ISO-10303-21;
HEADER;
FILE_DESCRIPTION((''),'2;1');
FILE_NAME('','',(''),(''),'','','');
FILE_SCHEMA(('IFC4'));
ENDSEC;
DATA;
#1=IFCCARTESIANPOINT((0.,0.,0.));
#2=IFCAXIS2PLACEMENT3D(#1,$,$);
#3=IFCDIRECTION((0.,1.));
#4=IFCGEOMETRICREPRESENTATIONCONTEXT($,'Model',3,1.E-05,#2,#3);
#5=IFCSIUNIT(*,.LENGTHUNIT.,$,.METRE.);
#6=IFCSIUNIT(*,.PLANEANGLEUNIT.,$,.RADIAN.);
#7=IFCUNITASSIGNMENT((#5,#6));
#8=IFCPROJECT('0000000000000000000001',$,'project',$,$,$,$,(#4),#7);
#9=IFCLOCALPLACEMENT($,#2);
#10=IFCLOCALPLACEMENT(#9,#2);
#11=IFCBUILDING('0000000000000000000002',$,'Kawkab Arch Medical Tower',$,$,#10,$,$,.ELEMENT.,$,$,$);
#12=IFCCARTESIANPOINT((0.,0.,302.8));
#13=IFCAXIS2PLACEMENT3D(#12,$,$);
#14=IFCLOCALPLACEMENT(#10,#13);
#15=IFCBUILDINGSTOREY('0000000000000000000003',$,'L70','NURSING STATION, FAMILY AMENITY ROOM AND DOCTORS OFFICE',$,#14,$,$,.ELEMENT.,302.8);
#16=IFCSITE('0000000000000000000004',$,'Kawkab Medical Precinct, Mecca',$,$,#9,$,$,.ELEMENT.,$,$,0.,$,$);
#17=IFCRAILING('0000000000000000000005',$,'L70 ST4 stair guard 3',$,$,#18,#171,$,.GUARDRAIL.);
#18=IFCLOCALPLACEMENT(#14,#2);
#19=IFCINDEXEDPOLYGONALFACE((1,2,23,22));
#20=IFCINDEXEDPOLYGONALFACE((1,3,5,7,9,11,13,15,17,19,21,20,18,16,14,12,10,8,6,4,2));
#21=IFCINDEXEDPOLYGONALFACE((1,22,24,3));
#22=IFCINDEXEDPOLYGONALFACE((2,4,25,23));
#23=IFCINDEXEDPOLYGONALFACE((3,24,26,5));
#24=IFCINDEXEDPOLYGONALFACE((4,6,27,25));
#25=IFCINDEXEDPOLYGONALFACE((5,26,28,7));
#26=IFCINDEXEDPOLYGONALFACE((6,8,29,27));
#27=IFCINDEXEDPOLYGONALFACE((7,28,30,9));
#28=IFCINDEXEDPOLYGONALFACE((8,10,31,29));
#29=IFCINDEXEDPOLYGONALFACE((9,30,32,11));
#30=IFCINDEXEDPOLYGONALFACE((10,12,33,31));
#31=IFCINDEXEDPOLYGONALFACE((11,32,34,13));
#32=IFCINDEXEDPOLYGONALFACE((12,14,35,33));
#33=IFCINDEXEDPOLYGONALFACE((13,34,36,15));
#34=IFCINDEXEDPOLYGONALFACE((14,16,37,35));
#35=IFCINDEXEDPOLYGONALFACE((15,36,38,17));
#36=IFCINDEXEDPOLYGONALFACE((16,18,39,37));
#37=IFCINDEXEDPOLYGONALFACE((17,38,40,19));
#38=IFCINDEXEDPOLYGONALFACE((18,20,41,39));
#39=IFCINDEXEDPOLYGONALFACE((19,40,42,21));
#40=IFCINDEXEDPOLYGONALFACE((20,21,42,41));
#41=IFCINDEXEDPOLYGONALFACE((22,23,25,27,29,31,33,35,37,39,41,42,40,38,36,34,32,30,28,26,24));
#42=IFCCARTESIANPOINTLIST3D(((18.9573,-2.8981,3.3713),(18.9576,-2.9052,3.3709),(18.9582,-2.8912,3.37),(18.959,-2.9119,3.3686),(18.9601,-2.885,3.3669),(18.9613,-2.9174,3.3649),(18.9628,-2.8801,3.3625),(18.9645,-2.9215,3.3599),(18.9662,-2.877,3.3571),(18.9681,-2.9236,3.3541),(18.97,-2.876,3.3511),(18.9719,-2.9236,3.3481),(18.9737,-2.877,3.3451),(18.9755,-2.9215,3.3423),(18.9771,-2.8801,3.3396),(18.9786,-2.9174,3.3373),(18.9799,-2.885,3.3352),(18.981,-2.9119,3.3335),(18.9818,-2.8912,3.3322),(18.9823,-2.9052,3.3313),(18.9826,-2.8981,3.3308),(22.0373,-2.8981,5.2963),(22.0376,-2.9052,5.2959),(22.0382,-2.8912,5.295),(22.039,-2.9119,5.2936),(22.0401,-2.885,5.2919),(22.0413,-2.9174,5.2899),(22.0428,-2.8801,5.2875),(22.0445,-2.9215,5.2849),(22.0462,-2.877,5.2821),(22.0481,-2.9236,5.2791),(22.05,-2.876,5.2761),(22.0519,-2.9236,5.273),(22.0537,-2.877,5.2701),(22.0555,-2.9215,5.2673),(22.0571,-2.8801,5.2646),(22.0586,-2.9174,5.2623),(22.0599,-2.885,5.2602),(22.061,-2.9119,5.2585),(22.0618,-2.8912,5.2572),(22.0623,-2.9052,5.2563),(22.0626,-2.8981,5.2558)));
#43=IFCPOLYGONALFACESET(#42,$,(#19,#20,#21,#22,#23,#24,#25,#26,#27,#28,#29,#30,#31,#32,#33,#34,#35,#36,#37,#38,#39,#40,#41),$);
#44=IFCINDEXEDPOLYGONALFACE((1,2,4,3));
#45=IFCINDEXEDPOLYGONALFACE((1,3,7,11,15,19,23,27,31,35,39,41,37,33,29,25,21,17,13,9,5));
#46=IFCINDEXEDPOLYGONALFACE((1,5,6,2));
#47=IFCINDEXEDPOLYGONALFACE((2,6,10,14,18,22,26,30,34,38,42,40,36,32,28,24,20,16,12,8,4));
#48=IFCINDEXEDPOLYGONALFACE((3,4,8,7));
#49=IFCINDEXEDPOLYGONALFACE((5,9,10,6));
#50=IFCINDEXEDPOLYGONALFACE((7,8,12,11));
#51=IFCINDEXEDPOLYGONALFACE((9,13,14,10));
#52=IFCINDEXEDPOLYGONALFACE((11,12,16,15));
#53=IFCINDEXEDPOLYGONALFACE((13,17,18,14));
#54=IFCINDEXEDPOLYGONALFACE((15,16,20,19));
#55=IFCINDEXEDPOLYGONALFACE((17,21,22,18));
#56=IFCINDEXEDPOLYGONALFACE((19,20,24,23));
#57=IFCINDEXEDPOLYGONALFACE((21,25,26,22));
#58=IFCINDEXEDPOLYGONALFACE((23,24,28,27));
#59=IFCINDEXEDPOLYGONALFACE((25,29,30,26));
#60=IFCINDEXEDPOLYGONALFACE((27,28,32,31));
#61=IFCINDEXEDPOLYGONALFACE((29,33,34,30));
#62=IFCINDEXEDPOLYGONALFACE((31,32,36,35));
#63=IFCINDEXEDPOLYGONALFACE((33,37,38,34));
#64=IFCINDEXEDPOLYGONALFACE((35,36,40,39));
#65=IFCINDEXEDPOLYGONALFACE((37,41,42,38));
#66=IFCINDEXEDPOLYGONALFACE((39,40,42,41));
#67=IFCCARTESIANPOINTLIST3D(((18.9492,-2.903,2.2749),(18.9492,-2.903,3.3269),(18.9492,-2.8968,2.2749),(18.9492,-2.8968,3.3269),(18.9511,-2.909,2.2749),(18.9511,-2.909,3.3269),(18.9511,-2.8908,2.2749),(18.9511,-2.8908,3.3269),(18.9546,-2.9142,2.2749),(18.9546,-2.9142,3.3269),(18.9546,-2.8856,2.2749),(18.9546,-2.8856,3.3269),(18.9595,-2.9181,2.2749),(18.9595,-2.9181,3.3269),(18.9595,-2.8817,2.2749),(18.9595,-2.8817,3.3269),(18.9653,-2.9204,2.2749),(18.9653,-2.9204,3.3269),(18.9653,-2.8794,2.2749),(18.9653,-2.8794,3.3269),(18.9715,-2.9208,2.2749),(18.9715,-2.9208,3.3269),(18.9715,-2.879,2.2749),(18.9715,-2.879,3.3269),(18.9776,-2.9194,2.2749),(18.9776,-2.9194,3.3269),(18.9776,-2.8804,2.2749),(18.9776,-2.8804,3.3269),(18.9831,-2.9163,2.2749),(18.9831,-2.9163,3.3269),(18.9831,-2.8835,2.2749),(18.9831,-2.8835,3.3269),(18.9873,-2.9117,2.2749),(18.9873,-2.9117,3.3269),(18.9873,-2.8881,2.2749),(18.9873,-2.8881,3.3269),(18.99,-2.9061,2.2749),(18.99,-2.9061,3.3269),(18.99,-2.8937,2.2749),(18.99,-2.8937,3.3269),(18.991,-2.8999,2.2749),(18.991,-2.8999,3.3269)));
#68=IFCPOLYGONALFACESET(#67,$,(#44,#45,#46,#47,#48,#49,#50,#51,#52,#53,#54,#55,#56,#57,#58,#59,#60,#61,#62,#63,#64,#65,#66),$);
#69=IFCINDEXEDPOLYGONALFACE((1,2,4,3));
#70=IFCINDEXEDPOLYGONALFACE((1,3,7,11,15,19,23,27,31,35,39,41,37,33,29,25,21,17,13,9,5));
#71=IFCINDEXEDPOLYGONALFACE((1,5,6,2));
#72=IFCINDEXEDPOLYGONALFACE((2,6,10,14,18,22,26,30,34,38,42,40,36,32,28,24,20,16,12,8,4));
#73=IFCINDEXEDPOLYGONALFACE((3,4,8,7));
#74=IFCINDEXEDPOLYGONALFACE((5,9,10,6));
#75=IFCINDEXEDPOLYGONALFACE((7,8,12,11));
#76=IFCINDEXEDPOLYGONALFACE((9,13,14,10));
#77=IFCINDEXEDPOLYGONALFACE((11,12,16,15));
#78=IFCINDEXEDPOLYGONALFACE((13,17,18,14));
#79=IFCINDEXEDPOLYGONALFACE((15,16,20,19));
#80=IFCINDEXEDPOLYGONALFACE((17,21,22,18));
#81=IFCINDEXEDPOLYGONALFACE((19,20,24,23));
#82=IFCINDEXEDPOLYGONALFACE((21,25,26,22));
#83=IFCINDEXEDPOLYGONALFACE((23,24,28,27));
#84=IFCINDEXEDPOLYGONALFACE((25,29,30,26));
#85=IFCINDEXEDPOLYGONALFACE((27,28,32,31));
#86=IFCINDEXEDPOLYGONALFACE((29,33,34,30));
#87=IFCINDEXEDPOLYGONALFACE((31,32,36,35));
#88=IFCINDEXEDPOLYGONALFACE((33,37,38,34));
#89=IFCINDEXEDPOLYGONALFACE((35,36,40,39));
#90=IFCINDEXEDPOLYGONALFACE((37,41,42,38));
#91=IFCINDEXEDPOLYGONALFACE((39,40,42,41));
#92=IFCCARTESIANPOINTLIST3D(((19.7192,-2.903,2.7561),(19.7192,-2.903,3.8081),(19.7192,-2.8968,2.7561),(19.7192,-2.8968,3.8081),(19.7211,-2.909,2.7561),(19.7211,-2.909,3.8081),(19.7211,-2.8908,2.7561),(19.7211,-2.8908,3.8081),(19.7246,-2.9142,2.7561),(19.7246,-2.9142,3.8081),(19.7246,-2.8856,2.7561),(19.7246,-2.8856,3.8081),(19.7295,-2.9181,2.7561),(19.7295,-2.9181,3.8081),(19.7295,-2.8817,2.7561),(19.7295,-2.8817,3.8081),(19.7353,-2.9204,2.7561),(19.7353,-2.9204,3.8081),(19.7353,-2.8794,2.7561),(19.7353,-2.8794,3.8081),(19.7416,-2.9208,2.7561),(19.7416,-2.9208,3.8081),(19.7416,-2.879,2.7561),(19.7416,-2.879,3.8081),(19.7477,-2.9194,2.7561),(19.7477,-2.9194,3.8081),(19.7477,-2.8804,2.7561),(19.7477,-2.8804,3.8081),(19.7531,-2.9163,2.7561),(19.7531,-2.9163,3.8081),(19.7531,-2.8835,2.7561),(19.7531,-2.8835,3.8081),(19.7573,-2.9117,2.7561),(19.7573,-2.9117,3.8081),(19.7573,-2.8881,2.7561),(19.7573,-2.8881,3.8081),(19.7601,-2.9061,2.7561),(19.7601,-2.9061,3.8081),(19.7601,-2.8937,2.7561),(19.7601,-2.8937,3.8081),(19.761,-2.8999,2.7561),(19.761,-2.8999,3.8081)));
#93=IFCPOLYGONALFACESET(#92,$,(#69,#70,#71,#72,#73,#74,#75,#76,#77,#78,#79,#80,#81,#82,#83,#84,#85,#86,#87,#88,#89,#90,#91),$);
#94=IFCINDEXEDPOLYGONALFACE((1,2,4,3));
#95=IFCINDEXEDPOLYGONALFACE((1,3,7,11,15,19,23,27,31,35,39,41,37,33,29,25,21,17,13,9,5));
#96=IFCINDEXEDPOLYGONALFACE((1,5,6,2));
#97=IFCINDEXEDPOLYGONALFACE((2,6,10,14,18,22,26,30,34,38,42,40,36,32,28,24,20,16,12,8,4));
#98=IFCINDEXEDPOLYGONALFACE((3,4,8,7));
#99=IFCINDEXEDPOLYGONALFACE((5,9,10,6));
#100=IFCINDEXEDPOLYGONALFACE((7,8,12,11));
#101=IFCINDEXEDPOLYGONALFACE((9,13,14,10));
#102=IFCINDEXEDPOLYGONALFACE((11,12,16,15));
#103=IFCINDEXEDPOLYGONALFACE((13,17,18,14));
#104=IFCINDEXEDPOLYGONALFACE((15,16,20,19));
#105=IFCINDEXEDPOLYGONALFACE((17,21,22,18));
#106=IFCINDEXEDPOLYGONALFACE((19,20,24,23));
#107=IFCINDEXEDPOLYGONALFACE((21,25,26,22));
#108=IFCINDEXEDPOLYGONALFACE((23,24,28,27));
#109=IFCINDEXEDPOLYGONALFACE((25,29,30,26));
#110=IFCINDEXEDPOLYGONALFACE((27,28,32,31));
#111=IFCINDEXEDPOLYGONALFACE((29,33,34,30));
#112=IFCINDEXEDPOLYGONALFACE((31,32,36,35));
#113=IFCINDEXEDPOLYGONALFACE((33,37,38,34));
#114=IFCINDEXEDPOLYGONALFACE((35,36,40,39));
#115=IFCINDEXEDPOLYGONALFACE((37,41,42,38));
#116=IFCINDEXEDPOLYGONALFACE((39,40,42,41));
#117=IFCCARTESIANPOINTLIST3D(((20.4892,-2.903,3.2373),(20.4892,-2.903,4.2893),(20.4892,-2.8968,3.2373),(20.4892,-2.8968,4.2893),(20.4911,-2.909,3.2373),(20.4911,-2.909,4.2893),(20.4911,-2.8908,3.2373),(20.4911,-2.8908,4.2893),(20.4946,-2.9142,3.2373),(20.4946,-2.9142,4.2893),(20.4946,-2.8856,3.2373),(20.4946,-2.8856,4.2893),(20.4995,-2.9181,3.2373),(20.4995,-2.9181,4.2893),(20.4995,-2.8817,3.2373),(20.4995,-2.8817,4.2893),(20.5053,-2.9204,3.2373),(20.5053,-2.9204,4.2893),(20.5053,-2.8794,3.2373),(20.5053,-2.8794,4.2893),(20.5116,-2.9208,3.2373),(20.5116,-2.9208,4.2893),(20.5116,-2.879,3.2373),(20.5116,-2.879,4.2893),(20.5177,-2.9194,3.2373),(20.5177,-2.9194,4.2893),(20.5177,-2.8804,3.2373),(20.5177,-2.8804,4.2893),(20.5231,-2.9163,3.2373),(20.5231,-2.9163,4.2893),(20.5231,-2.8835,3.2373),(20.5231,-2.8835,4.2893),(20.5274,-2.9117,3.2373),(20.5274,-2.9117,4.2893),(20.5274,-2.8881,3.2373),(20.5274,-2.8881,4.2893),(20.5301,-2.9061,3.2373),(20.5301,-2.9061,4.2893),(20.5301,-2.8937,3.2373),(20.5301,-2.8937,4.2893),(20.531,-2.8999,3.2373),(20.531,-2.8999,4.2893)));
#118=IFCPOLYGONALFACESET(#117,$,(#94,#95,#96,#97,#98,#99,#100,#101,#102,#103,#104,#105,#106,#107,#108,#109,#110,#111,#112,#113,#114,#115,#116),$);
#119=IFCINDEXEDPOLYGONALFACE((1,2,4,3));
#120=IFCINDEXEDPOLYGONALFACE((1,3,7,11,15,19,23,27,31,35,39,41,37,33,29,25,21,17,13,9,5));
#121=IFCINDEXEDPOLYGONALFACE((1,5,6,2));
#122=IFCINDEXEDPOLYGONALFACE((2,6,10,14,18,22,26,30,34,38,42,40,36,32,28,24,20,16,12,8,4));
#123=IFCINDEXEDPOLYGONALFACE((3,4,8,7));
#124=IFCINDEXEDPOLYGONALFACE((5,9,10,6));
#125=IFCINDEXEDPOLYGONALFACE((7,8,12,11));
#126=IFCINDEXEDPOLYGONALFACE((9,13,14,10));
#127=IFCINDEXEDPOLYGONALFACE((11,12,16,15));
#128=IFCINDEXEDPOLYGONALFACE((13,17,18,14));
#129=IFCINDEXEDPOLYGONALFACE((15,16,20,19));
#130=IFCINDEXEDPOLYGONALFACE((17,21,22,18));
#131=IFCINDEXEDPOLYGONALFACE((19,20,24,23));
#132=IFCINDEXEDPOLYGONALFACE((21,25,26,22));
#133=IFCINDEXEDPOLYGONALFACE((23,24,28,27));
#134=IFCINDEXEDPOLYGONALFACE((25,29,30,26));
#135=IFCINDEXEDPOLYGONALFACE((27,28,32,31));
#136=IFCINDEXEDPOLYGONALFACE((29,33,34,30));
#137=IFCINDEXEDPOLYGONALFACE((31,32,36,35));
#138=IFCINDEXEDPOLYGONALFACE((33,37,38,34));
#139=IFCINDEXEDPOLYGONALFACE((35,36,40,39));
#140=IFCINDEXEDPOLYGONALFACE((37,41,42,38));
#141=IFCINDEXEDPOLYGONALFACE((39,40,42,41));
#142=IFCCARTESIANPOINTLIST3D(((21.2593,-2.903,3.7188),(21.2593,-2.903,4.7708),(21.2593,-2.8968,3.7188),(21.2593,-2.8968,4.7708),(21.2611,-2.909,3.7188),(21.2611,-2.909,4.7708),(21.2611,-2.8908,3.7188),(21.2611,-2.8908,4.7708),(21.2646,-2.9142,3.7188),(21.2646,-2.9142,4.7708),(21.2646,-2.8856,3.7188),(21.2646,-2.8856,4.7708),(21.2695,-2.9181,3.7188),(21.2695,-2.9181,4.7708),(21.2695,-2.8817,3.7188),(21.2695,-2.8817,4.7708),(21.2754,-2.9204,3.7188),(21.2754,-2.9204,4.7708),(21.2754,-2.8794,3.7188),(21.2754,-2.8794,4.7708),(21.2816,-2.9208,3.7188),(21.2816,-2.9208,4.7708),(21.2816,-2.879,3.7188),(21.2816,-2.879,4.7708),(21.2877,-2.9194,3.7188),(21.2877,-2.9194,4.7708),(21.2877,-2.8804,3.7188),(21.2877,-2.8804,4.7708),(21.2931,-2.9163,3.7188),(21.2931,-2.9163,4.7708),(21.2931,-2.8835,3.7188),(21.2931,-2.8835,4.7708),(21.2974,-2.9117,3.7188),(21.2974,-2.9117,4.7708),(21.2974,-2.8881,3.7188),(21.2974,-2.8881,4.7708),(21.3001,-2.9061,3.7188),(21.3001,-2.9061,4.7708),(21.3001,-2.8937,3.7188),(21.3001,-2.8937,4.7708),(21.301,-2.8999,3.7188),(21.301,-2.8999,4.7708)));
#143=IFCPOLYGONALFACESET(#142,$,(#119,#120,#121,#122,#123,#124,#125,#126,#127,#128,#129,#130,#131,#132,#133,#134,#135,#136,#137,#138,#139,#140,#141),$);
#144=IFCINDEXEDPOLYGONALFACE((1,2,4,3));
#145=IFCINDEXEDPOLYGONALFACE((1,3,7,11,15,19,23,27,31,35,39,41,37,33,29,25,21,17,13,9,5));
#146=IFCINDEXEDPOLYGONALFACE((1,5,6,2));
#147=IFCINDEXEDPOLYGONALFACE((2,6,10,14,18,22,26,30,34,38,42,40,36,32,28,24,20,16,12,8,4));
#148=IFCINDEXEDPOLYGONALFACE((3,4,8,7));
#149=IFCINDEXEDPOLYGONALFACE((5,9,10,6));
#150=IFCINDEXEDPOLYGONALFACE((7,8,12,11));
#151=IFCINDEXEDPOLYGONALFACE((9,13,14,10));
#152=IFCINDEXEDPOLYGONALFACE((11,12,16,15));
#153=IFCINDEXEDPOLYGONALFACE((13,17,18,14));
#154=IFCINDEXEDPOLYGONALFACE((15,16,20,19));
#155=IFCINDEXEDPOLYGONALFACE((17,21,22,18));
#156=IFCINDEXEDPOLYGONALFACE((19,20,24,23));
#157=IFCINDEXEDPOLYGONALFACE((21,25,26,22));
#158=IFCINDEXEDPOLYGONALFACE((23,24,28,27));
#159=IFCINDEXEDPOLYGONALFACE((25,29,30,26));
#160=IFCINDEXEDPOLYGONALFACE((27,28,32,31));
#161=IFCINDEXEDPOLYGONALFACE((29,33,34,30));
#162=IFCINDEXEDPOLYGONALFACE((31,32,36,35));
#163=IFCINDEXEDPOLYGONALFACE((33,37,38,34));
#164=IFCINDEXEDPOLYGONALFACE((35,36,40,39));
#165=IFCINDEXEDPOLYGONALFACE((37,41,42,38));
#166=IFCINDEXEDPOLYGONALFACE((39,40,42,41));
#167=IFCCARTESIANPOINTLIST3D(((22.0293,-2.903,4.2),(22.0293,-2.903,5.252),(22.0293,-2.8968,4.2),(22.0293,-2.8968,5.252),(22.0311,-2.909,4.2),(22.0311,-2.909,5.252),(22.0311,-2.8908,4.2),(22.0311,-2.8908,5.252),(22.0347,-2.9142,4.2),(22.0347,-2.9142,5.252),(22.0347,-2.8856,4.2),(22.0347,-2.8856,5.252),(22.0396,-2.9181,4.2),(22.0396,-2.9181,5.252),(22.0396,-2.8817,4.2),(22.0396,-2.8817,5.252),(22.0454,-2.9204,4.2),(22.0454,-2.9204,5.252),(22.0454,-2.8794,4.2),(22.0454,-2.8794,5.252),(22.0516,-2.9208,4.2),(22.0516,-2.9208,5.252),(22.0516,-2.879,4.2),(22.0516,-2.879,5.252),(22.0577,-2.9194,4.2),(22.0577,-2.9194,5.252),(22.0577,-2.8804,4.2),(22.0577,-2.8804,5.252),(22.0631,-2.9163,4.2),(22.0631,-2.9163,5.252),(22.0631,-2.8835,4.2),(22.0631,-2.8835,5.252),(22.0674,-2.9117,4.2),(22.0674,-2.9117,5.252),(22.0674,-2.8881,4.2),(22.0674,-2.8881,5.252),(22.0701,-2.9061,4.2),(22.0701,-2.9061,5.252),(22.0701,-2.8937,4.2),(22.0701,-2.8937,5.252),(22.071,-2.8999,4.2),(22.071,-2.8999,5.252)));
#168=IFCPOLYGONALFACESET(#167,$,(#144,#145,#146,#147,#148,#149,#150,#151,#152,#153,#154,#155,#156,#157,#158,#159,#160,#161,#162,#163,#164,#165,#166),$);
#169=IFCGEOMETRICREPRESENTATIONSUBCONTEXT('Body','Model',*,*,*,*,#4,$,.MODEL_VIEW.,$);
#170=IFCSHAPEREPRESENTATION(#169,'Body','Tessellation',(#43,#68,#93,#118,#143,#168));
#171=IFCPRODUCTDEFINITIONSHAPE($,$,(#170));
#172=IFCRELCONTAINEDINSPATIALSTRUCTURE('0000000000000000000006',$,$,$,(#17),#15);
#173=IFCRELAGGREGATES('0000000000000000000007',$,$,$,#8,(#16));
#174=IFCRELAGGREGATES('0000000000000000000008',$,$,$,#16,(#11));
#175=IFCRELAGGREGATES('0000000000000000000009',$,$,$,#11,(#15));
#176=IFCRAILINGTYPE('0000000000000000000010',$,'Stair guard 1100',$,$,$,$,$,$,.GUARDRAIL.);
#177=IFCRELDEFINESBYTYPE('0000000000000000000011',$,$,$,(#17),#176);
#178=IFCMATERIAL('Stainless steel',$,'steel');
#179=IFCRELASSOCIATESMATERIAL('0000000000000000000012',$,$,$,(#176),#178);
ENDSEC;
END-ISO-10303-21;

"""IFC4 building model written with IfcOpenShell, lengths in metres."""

from ifc_helpers import new_model, si_unit, direction, frame, origin, origin_2d, place, context, subcontext, project, spatial, circle, extrude, material, type_object, element, save


model = new_model("IFC4")

# Units and contexts
model_context = context("Model", 3, precision=1e-05, world=origin(), true_north=direction((0.0, 1.0)))
body_context = subcontext(model_context, "Body", "Model", "MODEL_VIEW")
ifc_project = project(units=[si_unit("LENGTHUNIT", "METRE"), si_unit("PLANEANGLEUNIT", "RADIAN")], contexts=[model_context])

# Site, building, storey
site_placement = place(None, origin())
site = spatial("IfcSite", under=ifc_project, at=site_placement, Name="Kawkab Medical Precinct, Mecca", CompositionType="ELEMENT", RefElevation=0.0)
building_placement = place(site_placement, origin())
building = spatial("IfcBuilding", under=site, at=building_placement, Name="Kawkab Arch Medical Tower", CompositionType="ELEMENT")
storey_placement = place(building_placement, frame((0.0, 0.0, 302.8)))
storey = spatial("IfcBuildingStorey", under=building, at=storey_placement, Name="L70", Description="NURSING STATION, FAMILY AMENITY ROOM AND DOCTORS OFFICE", CompositionType="ELEMENT", Elevation=302.8)

# Railing
ifc_material_1 = material(Name="Stainless steel", Category="steel")
railing_type_1 = type_object("IfcRailingType", Name="Stair guard 1100", PredefinedType="GUARDRAIL", material=ifc_material_1)
railing_1_placement = place(storey_placement, frame((18.97, -2.8999, 2.2749)))
element("IfcRailing", 1, at=railing_1_placement, inside=storey, type_object=railing_type_1, Name="L70 ST4 stair guard 3", PredefinedType="GUARDRAIL", context=body_context, shape_type="SweptSolid", body=[
    extrude(circle(Radius=0.0239, at=origin_2d()), frame((0.0, 0.0, 1.0762), z_axis=(0.847998, 0.0, 0.529999), x_axis=(0.0, 1.0, 0.0)), (0.0, 0.0, 1.0), 3.6321),
    extrude(circle(Radius=0.021, at=origin_2d()), origin(), (0.0, 0.0, 1.0), 1.052),
    extrude(circle(Radius=0.021, at=origin_2d()), frame((0.77, 0.0, 0.4812)), (0.0, 0.0, 1.0), 1.052),
    extrude(circle(Radius=0.021, at=origin_2d()), frame((1.54, 0.0, 0.9624)), (0.0, 0.0, 1.0), 1.052),
    extrude(circle(Radius=0.021, at=origin_2d()), frame((2.3101, 0.0, 1.4438)), (0.0, 0.0, 1.0), 1.052),
    extrude(circle(Radius=0.021, at=origin_2d()), frame((3.0801, 0.0, 1.925)), (0.0, 0.0, 1.0), 1.052),
])

save(model, "model.ifc")
